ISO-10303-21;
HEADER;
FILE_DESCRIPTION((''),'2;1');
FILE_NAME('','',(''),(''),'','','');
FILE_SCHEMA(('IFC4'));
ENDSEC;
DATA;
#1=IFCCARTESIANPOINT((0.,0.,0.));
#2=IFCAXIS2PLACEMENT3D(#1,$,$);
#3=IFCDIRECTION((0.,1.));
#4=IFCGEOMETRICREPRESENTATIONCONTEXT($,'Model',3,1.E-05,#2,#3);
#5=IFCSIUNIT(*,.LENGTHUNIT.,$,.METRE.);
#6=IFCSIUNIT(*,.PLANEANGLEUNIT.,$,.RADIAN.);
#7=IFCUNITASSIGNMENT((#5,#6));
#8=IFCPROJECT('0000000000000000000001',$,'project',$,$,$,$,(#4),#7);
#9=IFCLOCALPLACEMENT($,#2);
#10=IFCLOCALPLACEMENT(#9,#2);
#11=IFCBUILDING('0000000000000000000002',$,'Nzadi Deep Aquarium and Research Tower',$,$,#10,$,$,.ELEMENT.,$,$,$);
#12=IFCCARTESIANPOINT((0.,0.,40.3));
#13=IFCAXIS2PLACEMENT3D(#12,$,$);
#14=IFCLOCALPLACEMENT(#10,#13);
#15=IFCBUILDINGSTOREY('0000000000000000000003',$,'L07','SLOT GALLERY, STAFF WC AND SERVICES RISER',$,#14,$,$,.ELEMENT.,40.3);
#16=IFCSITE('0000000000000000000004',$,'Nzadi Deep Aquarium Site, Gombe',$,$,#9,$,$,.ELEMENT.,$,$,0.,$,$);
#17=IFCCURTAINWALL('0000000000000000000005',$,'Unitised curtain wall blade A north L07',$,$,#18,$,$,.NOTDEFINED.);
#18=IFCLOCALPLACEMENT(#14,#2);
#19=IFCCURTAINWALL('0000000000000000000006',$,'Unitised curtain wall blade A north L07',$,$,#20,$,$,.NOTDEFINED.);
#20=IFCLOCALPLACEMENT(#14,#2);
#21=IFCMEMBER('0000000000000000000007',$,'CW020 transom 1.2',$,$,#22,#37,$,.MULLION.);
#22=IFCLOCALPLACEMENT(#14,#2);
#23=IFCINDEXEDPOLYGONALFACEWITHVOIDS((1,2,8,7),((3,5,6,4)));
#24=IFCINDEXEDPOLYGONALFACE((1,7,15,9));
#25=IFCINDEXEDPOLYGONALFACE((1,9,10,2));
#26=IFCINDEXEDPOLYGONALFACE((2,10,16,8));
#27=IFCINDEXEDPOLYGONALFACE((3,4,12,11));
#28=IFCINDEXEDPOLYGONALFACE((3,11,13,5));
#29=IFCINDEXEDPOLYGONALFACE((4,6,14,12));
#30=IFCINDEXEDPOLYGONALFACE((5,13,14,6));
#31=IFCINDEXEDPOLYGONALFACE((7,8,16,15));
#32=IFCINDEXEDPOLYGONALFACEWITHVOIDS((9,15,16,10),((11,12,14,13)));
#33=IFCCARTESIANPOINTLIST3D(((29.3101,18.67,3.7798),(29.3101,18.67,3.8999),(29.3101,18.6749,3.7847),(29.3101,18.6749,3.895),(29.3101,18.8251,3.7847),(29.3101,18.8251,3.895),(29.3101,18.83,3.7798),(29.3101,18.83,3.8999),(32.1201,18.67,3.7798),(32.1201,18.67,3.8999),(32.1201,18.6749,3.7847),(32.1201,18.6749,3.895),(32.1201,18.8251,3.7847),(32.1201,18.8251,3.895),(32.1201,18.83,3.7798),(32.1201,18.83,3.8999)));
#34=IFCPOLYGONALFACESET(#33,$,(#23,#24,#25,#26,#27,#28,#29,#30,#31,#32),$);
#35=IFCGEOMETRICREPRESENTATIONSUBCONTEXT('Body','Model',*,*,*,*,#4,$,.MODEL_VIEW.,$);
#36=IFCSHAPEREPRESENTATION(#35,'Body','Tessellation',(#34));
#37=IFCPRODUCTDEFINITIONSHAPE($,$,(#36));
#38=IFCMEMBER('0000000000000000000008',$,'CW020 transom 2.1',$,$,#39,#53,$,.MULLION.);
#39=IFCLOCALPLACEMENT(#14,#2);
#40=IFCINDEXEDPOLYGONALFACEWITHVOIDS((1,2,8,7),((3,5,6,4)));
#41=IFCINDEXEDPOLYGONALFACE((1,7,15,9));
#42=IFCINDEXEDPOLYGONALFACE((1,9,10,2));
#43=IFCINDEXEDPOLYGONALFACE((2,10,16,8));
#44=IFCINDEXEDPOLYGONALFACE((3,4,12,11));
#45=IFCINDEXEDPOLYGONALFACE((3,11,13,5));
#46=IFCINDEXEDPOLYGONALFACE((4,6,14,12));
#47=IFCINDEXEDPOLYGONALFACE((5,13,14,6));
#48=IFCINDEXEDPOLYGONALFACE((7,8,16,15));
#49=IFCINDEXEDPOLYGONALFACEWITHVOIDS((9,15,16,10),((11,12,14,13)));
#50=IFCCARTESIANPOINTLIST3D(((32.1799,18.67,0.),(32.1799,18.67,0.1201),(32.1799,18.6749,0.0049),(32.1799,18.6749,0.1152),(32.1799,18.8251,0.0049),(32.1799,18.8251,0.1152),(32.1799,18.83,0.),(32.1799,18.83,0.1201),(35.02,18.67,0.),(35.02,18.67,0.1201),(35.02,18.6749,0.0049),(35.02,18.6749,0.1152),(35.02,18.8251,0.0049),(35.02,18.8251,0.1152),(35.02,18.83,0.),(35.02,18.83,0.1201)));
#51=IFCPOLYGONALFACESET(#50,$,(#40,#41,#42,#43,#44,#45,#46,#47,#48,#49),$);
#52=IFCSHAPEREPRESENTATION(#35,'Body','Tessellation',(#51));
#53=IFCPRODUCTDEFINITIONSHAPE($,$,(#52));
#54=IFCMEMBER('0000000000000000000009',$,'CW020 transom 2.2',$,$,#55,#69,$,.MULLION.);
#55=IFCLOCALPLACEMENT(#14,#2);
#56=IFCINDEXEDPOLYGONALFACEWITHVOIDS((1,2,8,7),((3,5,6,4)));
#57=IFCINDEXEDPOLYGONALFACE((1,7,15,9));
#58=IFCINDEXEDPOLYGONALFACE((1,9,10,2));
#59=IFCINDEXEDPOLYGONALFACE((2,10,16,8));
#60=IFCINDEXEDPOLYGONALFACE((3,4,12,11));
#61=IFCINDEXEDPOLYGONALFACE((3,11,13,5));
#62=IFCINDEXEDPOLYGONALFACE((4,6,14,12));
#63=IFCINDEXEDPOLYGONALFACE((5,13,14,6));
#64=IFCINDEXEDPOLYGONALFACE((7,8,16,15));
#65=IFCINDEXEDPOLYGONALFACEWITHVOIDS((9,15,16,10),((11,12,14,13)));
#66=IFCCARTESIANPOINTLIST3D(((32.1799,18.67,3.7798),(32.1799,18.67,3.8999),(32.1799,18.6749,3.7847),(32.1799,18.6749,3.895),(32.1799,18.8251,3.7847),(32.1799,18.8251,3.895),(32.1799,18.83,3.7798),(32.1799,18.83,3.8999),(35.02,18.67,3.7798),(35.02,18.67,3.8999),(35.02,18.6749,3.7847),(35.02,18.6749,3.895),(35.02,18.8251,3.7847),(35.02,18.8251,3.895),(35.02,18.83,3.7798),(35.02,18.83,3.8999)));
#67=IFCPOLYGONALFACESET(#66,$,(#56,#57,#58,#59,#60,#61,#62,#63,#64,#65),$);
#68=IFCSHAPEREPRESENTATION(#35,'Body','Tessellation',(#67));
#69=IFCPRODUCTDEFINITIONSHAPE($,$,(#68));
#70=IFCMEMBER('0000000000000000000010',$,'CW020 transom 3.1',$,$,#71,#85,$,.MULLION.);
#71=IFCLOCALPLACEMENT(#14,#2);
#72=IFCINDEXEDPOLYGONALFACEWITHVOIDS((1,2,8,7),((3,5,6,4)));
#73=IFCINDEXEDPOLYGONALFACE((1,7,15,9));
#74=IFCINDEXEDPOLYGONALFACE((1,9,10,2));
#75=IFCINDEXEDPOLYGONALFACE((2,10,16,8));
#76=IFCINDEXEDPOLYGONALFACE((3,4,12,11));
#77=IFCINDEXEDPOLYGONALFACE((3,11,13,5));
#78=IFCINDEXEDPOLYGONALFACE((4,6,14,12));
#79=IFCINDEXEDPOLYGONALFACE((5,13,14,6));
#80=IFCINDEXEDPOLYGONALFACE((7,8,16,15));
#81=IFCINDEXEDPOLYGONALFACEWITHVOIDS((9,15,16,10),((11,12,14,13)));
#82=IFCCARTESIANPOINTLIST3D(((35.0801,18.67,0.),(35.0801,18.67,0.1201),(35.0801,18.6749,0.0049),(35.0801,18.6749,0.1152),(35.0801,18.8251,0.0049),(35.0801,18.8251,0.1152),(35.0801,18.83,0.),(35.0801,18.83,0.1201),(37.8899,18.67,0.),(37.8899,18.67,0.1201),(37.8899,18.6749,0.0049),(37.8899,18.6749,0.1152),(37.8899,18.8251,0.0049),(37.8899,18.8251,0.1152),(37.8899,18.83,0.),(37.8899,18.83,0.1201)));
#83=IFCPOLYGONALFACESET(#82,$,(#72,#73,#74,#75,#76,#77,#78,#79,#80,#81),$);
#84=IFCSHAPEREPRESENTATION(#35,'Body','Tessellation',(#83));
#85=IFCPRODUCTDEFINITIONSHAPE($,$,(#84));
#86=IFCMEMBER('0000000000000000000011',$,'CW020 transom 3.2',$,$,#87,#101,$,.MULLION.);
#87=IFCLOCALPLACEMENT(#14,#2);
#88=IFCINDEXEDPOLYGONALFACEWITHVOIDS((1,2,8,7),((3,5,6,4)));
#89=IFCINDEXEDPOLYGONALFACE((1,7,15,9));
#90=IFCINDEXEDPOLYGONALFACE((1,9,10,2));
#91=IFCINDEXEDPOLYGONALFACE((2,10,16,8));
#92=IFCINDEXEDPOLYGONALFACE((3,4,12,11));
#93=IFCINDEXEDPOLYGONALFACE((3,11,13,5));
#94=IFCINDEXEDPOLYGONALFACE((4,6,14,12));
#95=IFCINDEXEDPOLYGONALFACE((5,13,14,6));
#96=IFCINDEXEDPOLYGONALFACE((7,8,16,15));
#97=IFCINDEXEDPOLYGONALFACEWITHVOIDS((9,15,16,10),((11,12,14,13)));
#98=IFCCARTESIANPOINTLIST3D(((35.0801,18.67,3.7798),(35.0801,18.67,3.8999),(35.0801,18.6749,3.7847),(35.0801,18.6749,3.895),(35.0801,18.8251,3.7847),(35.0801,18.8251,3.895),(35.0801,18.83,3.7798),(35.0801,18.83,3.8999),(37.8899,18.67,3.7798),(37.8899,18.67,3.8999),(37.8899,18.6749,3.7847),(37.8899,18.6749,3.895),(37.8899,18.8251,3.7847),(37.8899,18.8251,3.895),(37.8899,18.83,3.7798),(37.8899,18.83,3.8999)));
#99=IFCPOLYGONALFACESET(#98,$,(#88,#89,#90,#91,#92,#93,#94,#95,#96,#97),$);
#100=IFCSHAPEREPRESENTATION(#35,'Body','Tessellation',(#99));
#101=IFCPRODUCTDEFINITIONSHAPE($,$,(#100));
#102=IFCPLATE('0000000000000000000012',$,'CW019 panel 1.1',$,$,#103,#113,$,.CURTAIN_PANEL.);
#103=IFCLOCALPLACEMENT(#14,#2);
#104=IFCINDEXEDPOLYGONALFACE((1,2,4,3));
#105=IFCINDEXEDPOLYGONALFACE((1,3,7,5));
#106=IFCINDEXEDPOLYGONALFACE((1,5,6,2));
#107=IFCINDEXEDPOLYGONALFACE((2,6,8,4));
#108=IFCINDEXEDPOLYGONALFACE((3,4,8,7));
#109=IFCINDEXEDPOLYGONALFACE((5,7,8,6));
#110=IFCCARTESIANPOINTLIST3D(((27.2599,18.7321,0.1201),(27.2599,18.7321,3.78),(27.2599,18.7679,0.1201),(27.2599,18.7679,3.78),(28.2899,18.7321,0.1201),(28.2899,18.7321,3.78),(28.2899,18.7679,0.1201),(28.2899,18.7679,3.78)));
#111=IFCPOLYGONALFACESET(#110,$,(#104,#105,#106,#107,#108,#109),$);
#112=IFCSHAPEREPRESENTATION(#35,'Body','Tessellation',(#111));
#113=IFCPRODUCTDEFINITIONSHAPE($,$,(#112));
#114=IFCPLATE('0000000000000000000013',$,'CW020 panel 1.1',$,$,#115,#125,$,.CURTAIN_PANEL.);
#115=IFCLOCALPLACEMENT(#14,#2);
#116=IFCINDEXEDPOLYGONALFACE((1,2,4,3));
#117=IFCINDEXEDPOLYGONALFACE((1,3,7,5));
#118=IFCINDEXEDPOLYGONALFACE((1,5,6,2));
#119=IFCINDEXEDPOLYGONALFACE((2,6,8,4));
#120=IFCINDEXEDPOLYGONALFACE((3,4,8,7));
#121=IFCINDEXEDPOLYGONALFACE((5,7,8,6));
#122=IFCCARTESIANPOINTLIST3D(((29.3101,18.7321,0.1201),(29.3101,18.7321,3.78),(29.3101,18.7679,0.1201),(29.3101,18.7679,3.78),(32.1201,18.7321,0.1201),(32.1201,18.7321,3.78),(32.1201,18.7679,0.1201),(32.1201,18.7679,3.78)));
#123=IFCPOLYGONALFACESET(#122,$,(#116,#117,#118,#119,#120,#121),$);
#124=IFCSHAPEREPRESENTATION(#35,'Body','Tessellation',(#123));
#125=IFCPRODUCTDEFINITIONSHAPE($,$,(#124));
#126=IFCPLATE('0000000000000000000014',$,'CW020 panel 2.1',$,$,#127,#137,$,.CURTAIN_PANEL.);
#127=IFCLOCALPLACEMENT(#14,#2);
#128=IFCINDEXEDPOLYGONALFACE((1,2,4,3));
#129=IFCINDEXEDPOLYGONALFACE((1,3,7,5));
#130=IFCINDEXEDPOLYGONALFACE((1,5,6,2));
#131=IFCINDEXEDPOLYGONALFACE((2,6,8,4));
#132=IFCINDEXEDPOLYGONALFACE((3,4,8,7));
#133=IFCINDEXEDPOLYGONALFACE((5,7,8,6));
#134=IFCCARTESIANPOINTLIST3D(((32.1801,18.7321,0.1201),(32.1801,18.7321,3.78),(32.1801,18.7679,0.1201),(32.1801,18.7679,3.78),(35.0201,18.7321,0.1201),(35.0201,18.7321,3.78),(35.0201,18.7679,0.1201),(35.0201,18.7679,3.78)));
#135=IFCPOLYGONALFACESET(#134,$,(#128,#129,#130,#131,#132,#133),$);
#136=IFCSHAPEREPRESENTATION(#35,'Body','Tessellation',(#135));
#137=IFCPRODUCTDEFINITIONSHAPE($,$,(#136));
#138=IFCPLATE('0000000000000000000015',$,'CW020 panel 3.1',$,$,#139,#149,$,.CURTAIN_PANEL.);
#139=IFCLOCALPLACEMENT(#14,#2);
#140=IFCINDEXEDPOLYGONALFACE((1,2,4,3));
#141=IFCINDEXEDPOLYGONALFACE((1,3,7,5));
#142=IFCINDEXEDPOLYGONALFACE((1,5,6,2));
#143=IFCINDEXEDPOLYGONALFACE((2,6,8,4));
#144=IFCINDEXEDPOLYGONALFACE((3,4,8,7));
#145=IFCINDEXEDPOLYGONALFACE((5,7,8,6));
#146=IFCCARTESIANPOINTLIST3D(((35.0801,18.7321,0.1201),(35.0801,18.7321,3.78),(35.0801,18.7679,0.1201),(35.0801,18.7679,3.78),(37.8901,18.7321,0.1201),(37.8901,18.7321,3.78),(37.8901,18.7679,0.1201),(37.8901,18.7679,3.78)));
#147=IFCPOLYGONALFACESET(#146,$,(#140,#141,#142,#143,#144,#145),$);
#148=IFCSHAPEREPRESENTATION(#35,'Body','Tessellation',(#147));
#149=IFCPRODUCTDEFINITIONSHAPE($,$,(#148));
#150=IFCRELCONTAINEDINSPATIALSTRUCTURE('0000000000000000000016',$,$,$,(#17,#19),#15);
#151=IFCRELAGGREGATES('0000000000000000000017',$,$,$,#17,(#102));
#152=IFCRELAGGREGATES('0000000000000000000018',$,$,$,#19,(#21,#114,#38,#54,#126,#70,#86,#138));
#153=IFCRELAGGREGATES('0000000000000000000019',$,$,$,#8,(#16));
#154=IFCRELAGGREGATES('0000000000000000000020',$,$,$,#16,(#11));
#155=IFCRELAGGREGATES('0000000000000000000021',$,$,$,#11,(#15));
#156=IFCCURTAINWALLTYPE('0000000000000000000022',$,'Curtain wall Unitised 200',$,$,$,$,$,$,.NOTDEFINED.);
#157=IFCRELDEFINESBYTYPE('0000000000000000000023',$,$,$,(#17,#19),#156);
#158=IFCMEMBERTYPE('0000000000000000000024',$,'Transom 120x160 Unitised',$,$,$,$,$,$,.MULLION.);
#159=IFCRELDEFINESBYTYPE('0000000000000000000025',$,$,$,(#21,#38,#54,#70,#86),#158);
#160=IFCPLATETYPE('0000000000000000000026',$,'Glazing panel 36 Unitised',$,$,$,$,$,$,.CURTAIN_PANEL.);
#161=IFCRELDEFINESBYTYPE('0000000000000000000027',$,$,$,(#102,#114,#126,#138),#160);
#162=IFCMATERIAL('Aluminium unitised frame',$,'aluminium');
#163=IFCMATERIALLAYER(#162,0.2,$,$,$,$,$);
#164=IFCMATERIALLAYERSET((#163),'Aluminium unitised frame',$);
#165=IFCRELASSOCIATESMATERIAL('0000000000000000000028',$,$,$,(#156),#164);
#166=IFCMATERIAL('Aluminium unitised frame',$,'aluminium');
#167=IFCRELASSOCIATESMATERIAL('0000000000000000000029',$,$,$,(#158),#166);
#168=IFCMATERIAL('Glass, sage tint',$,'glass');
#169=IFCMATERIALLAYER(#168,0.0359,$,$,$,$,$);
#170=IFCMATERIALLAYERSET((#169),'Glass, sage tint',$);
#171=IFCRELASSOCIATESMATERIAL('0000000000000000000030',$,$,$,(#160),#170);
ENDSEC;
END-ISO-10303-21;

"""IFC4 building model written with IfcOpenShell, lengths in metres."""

from ifc_helpers import new_model, si_unit, direction, frame, origin, origin_2d, place, context, subcontext, project, spatial, rectangle, hollow_rectangle, extrude, material, layer, layer_set, material_profile, profile_set, type_object, element, aggregate, save


model = new_model("IFC4")

# Units and contexts
model_context = context("Model", 3, precision=1e-05, world=origin(), true_north=direction((0.0, 1.0)))
body_context = subcontext(model_context, "Body", "Model", "MODEL_VIEW")
ifc_project = project(units=[si_unit("LENGTHUNIT", "METRE"), si_unit("PLANEANGLEUNIT", "RADIAN")], contexts=[model_context])

# Site, building, storey
site_placement = place(None, origin())
site = spatial("IfcSite", under=ifc_project, at=site_placement, Name="Nzadi Deep Aquarium Site, Gombe", CompositionType="ELEMENT", RefElevation=0.0)
building_placement = place(site_placement, origin())
building = spatial("IfcBuilding", under=site, at=building_placement, Name="Nzadi Deep Aquarium and Research Tower", CompositionType="ELEMENT")
storey_placement = place(building_placement, frame((0.0, 0.0, 40.3)))
storey = spatial("IfcBuildingStorey", under=building, at=storey_placement, Name="L07", Description="SLOT GALLERY, STAFF WC AND SERVICES RISER", CompositionType="ELEMENT", Elevation=40.3)

# Shared definitions
ifc_material_1 = material(Name="Aluminium unitised frame", Category="aluminium")
ifc_layer_1 = layer(ifc_material_1, 0.2)
ifc_layer_set_1 = layer_set([ifc_layer_1], Name="Aluminium unitised frame")
curtain_wall_type = type_object("IfcCurtainWallType", Name="Curtain wall Unitised 200", PredefinedType="NOTDEFINED", material=ifc_layer_set_1)

# Curtain walls
curtain_wall_1_placement = place(storey_placement, origin())
curtain_wall_1 = element("IfcCurtainWall", 1, at=curtain_wall_1_placement, inside=storey, type_object=curtain_wall_type, Name="Unitised curtain wall blade A north L07", PredefinedType="NOTDEFINED")
curtain_wall_2_placement = place(storey_placement, origin())
curtain_wall_2 = element("IfcCurtainWall", 2, at=curtain_wall_2_placement, inside=storey, type_object=curtain_wall_type, Name="Unitised curtain wall blade A north L07", PredefinedType="NOTDEFINED")

# Members
ifc_material_2 = material(Name="Aluminium unitised frame", Category="aluminium")
ifc_material_profile_1 = material_profile(ifc_material_2, hollow_rectangle(XDim=0.1599, YDim=0.1201, WallThickness=0.0049, at=origin_2d()))
ifc_profile_set_1 = profile_set([ifc_material_profile_1], Name="Aluminium unitised frame")
member_type_1 = type_object("IfcMemberType", Name="Transom 120x160 Unitised", PredefinedType="MULLION", material=ifc_profile_set_1)
member_1_placement = place(storey_placement, frame((29.3101, 18.75, 3.8398), z_axis=(1.0, 0.0, 0.0), x_axis=(0.0, 1.0, 0.0)))
member_1 = element("IfcMember", 3, at=member_1_placement, type_object=member_type_1, Name="CW020 transom 1.2", PredefinedType="MULLION", context=body_context, shape_type="SweptSolid", body=[
    extrude(hollow_rectangle(XDim=0.1599, YDim=0.1201, WallThickness=0.0049, at=origin_2d()), origin(), (0.0, 0.0, 1.0), 2.8101),
])
member_2_placement = place(storey_placement, frame((32.1799, 18.75, 0.0601), z_axis=(1.0, 0.0, 0.0), x_axis=(0.0, 1.0, 0.0)))
member_2 = element("IfcMember", 4, at=member_2_placement, type_object=member_type_1, Name="CW020 transom 2.1", PredefinedType="MULLION", context=body_context, shape_type="SweptSolid", body=[
    extrude(hollow_rectangle(XDim=0.1599, YDim=0.1201, WallThickness=0.0049, at=origin_2d()), origin(), (0.0, 0.0, 1.0), 2.8401),
])
member_3_placement = place(storey_placement, frame((32.1799, 18.75, 3.8398), z_axis=(1.0, 0.0, 0.0), x_axis=(0.0, 1.0, 0.0)))
member_3 = element("IfcMember", 5, at=member_3_placement, type_object=member_type_1, Name="CW020 transom 2.2", PredefinedType="MULLION", context=body_context, shape_type="SweptSolid", body=[
    extrude(hollow_rectangle(XDim=0.1599, YDim=0.1201, WallThickness=0.0049, at=origin_2d()), origin(), (0.0, 0.0, 1.0), 2.8401),
])
member_4_placement = place(storey_placement, frame((35.0801, 18.75, 0.0601), z_axis=(1.0, 0.0, 0.0), x_axis=(0.0, 1.0, 0.0)))
member_4 = element("IfcMember", 6, at=member_4_placement, type_object=member_type_1, Name="CW020 transom 3.1", PredefinedType="MULLION", context=body_context, shape_type="SweptSolid", body=[
    extrude(hollow_rectangle(XDim=0.1599, YDim=0.1201, WallThickness=0.0049, at=origin_2d()), origin(), (0.0, 0.0, 1.0), 2.8098),
])
member_5_placement = place(storey_placement, frame((35.0801, 18.75, 3.8398), z_axis=(1.0, 0.0, 0.0), x_axis=(0.0, 1.0, 0.0)))
member_5 = element("IfcMember", 7, at=member_5_placement, type_object=member_type_1, Name="CW020 transom 3.2", PredefinedType="MULLION", context=body_context, shape_type="SweptSolid", body=[
    extrude(hollow_rectangle(XDim=0.1599, YDim=0.1201, WallThickness=0.0049, at=origin_2d()), origin(), (0.0, 0.0, 1.0), 2.8098),
])

# Plates
ifc_material_3 = material(Name="Glass, sage tint", Category="glass")
ifc_layer_2 = layer(ifc_material_3, 0.0359)
ifc_layer_set_2 = layer_set([ifc_layer_2], Name="Glass, sage tint")
plate_type = type_object("IfcPlateType", Name="Glazing panel 36 Unitised", PredefinedType="CURTAIN_PANEL", material=ifc_layer_set_2)
plate_1_placement = place(storey_placement, frame((27.7749, 18.75, 0.1201), z_axis=(0.0, 0.0, 1.0), x_axis=(1.0, 0.0, 0.0)))
plate_1 = element("IfcPlate", 8, at=plate_1_placement, type_object=plate_type, Name="CW019 panel 1.1", PredefinedType="CURTAIN_PANEL", context=body_context, shape_type="SweptSolid", body=[
    extrude(rectangle(XDim=1.03, YDim=0.0359, at=origin_2d()), origin(), (0.0, 0.0, 1.0), 3.6599),
])
aggregate(curtain_wall_1, [plate_1])
plate_2_placement = place(storey_placement, frame((30.7151, 18.75, 0.1201), z_axis=(0.0, 0.0, 1.0), x_axis=(1.0, 0.0, 0.0)))
plate_2 = element("IfcPlate", 9, at=plate_2_placement, type_object=plate_type, Name="CW020 panel 1.1", PredefinedType="CURTAIN_PANEL", context=body_context, shape_type="SweptSolid", body=[
    extrude(rectangle(XDim=2.8101, YDim=0.0359, at=origin_2d()), origin(), (0.0, 0.0, 1.0), 3.6599),
])
plate_3_placement = place(storey_placement, frame((33.6001, 18.75, 0.1201), z_axis=(0.0, 0.0, 1.0), x_axis=(1.0, 0.0, 0.0)))
plate_3 = element("IfcPlate", 10, at=plate_3_placement, type_object=plate_type, Name="CW020 panel 2.1", PredefinedType="CURTAIN_PANEL", context=body_context, shape_type="SweptSolid", body=[
    extrude(rectangle(XDim=2.8401, YDim=0.0359, at=origin_2d()), origin(), (0.0, 0.0, 1.0), 3.6599),
])
plate_4_placement = place(storey_placement, frame((36.4851, 18.75, 0.1201), z_axis=(0.0, 0.0, 1.0), x_axis=(1.0, 0.0, 0.0)))
plate_4 = element("IfcPlate", 11, at=plate_4_placement, type_object=plate_type, Name="CW020 panel 3.1", PredefinedType="CURTAIN_PANEL", context=body_context, shape_type="SweptSolid", body=[
    extrude(rectangle(XDim=2.8101, YDim=0.0359, at=origin_2d()), origin(), (0.0, 0.0, 1.0), 3.6599),
])
aggregate(curtain_wall_2, [member_1, plate_2, member_2, member_3, plate_3, member_4, member_5, plate_4])

save(model, "model.ifc")
